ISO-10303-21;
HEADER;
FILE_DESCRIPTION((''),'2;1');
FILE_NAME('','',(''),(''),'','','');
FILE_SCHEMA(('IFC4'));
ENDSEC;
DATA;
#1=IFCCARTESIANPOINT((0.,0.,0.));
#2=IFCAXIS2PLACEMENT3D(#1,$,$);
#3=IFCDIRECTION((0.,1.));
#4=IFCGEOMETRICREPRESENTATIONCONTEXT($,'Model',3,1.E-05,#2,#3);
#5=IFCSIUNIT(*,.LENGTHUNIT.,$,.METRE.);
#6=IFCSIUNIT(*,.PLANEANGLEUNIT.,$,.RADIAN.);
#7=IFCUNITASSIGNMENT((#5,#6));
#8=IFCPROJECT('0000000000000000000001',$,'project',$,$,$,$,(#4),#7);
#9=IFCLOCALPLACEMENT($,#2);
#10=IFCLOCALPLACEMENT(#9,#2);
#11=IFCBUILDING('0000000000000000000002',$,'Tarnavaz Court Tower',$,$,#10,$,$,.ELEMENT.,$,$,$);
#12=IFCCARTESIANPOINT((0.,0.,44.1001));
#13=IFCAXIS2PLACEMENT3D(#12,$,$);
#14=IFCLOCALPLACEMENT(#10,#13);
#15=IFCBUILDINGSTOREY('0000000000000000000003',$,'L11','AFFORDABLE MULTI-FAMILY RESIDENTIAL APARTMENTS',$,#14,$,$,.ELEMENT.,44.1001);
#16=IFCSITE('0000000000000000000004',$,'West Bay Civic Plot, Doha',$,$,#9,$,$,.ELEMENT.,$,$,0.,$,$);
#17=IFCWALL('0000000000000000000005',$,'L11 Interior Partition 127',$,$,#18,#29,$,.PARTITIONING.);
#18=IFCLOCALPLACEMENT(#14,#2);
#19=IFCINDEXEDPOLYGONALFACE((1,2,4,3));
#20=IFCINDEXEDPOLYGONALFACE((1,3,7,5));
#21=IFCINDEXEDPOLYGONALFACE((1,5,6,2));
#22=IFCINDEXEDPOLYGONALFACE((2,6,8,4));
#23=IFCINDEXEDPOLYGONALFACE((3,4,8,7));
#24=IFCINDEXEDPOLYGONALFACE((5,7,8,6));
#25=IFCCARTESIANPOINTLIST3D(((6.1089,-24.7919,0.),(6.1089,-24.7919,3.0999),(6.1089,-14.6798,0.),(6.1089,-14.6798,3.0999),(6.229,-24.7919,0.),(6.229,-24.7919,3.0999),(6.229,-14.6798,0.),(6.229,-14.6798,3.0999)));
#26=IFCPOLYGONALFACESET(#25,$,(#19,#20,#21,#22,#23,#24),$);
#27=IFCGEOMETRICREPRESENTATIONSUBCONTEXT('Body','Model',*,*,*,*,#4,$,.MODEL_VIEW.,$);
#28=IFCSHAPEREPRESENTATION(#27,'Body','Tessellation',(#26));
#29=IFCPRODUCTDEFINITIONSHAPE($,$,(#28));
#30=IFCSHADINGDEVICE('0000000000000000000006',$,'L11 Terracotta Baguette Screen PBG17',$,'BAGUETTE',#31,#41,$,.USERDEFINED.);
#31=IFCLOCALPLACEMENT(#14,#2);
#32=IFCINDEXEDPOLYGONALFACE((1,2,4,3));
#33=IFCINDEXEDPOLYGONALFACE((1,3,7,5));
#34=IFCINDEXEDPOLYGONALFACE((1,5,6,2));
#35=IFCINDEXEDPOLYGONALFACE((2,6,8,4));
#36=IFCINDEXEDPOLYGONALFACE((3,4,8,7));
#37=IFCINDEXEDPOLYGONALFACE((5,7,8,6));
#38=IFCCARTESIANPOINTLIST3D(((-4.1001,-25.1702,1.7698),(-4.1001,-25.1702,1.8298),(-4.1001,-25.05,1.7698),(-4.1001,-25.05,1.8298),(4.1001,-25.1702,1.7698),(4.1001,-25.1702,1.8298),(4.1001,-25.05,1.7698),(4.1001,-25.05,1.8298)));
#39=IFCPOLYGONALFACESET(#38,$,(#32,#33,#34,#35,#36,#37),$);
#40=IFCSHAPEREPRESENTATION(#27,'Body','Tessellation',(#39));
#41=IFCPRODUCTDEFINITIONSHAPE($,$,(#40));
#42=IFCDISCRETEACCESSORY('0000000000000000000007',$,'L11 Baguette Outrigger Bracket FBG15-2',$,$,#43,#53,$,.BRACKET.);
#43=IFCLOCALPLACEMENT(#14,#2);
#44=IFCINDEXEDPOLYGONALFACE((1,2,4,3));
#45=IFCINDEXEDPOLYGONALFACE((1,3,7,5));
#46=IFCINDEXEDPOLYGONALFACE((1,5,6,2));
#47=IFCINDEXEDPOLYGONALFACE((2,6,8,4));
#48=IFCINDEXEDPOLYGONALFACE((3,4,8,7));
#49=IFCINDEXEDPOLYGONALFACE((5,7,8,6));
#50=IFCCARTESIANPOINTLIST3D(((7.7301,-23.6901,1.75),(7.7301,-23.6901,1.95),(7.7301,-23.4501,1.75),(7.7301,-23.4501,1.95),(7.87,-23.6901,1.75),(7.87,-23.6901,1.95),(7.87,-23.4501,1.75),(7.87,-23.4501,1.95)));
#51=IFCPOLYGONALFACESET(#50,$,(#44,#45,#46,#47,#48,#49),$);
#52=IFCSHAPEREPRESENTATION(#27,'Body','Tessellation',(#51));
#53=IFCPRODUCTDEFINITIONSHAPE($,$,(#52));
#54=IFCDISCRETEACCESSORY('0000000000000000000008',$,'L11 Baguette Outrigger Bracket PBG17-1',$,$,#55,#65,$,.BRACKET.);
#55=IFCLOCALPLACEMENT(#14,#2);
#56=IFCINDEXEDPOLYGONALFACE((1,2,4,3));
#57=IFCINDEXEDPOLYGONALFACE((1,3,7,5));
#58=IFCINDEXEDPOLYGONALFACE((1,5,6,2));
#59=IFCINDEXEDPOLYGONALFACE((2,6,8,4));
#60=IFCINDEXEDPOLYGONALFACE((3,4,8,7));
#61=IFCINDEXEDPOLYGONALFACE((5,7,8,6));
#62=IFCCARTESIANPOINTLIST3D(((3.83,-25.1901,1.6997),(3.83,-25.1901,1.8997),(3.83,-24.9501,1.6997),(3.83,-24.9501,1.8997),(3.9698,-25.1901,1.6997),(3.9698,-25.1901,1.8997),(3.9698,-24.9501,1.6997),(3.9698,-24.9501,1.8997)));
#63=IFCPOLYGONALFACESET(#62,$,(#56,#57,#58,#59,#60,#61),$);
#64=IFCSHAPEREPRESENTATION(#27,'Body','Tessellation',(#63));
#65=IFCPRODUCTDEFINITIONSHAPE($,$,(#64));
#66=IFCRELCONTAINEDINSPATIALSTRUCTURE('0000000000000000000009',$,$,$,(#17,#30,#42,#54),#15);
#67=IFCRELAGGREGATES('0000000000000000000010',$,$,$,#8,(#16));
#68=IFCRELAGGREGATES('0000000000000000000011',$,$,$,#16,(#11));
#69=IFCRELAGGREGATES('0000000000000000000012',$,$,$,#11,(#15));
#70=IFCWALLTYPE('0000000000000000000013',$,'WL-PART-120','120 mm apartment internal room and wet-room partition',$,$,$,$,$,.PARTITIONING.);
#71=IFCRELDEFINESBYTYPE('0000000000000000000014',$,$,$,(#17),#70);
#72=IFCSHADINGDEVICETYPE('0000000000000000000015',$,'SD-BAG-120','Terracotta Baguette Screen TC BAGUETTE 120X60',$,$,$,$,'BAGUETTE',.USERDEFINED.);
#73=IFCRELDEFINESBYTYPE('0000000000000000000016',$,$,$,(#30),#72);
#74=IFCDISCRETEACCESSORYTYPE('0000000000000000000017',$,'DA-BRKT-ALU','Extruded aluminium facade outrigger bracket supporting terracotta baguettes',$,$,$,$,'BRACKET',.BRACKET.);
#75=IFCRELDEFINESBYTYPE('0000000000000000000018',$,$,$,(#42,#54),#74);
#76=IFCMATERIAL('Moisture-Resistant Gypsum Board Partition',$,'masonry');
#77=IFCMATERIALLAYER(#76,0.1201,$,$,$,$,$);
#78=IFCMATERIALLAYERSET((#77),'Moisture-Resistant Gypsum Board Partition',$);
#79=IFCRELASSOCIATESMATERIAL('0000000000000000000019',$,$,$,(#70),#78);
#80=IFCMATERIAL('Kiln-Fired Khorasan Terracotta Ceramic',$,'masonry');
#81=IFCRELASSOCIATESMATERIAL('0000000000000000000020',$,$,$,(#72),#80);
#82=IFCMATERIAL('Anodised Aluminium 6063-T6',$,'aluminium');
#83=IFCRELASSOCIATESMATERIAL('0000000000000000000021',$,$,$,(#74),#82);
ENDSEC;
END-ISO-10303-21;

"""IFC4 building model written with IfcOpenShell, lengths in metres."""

from ifc_helpers import new_model, si_unit, direction, frame, frame_2d, origin, origin_2d, place, context, subcontext, project, spatial, rectangle, extrude, material, layer, layer_set, material_profile, profile_set, type_object, element, save


model = new_model("IFC4")

# Units and contexts
model_context = context("Model", 3, precision=1e-05, world=origin(), true_north=direction((0.0, 1.0)))
body_context = subcontext(model_context, "Body", "Model", "MODEL_VIEW")
ifc_project = project(units=[si_unit("LENGTHUNIT", "METRE"), si_unit("PLANEANGLEUNIT", "RADIAN")], contexts=[model_context])

# Site, building, storey
site_placement = place(None, origin())
site = spatial("IfcSite", under=ifc_project, at=site_placement, Name="West Bay Civic Plot, Doha", CompositionType="ELEMENT", RefElevation=0.0)
building_placement = place(site_placement, origin())
building = spatial("IfcBuilding", under=site, at=building_placement, Name="Tarnavaz Court Tower", CompositionType="ELEMENT")
storey_placement = place(building_placement, frame((0.0, 0.0, 44.1001)))
storey = spatial("IfcBuildingStorey", under=building, at=storey_placement, Name="L11", Description="AFFORDABLE MULTI-FAMILY RESIDENTIAL APARTMENTS", CompositionType="ELEMENT", Elevation=44.1001)

# Shared definitions
ifc_material_1 = material(Name="Anodised Aluminium 6063-T6", Category="aluminium")

# Shared definitions
ifc_material_2 = material(Name="Moisture-Resistant Gypsum Board Partition", Category="masonry")
ifc_layer_1 = layer(ifc_material_2, 0.1201)
ifc_layer_set_1 = layer_set([ifc_layer_1], Name="Moisture-Resistant Gypsum Board Partition")
wall_type_1 = type_object("IfcWallType", Name="WL-PART-120", Description="120 mm apartment internal room and wet-room partition", PredefinedType="PARTITIONING", material=ifc_layer_set_1)

# Wall
wall_1_placement = place(storey_placement, frame((6.1689, -24.792, 0.0), z_axis=(0.0, 0.0, 1.0), x_axis=(0.0, 1.0, 0.0)))
element("IfcWall", 1, at=wall_1_placement, inside=storey, type_object=wall_type_1, Name="L11 Interior Partition 127", PredefinedType="PARTITIONING", context=body_context, shape_type="SweptSolid", body=[
    extrude(rectangle(XDim=10.1121, YDim=0.1201, at=frame_2d((5.0562, 0.0))), origin(), (0.0, 0.0, 1.0), 3.0999),
])

# Shading device
ifc_material_3 = material(Name="Kiln-Fired Khorasan Terracotta Ceramic", Category="masonry")
ifc_material_profile_1 = material_profile(ifc_material_3, rectangle(XDim=0.1201, YDim=0.0601, at=origin_2d()), Name="TC BAGUETTE 120X60")
ifc_profile_set_1 = profile_set([ifc_material_profile_1], Name="Kiln-Fired Khorasan Terracotta Ceramic")
shading_device_type = type_object("IfcShadingDeviceType", Name="SD-BAG-120", Description="Terracotta Baguette Screen TC BAGUETTE 120X60", ElementType="BAGUETTE", PredefinedType="USERDEFINED", material=ifc_profile_set_1)
shading_device_placement = place(storey_placement, frame((4.1001, -25.1101, 1.7998), z_axis=(-1.0, 0.0, 0.0), x_axis=(0.0, -1.0, 0.0)))
element("IfcShadingDevice", 2, at=shading_device_placement, inside=storey, type_object=shading_device_type, Name="L11 Terracotta Baguette Screen PBG17", ObjectType="BAGUETTE", PredefinedType="USERDEFINED", context=body_context, shape_type="SweptSolid", body=[
    extrude(rectangle(XDim=0.1201, YDim=0.0601, at=origin_2d()), origin(), (0.0, 0.0, 1.0), 8.2002),
])

# Discrete accessories
discrete_accessory_type = type_object("IfcDiscreteAccessoryType", Name="DA-BRKT-ALU", Description="Extruded aluminium facade outrigger bracket supporting terracotta baguettes", ElementType="BRACKET", PredefinedType="BRACKET", material=ifc_material_1)
for number, where, z_axis, x_axis, name in (
    (3, (7.8, -23.5701, 1.75), (0.0, 0.0, 1.0), (-1.0, 0.0, 0.0), "L11 Baguette Outrigger Bracket FBG15-2"),
    (4, (3.8999, -25.0701, 1.6997), (0.0, 0.0, 1.0), (-1.0, 0.0, 0.0), "L11 Baguette Outrigger Bracket PBG17-1"),
):
    element("IfcDiscreteAccessory", number, at=place(storey_placement, frame(where, z_axis=z_axis, x_axis=x_axis)), inside=storey, type_object=discrete_accessory_type, Name=name, PredefinedType="BRACKET", context=body_context, shape_type="SweptSolid", body=[
        extrude(rectangle(XDim=0.1399, YDim=0.24, at=origin_2d()), origin(), (0.0, 0.0, 1.0), 0.2),
    ])

save(model, "model.ifc")
